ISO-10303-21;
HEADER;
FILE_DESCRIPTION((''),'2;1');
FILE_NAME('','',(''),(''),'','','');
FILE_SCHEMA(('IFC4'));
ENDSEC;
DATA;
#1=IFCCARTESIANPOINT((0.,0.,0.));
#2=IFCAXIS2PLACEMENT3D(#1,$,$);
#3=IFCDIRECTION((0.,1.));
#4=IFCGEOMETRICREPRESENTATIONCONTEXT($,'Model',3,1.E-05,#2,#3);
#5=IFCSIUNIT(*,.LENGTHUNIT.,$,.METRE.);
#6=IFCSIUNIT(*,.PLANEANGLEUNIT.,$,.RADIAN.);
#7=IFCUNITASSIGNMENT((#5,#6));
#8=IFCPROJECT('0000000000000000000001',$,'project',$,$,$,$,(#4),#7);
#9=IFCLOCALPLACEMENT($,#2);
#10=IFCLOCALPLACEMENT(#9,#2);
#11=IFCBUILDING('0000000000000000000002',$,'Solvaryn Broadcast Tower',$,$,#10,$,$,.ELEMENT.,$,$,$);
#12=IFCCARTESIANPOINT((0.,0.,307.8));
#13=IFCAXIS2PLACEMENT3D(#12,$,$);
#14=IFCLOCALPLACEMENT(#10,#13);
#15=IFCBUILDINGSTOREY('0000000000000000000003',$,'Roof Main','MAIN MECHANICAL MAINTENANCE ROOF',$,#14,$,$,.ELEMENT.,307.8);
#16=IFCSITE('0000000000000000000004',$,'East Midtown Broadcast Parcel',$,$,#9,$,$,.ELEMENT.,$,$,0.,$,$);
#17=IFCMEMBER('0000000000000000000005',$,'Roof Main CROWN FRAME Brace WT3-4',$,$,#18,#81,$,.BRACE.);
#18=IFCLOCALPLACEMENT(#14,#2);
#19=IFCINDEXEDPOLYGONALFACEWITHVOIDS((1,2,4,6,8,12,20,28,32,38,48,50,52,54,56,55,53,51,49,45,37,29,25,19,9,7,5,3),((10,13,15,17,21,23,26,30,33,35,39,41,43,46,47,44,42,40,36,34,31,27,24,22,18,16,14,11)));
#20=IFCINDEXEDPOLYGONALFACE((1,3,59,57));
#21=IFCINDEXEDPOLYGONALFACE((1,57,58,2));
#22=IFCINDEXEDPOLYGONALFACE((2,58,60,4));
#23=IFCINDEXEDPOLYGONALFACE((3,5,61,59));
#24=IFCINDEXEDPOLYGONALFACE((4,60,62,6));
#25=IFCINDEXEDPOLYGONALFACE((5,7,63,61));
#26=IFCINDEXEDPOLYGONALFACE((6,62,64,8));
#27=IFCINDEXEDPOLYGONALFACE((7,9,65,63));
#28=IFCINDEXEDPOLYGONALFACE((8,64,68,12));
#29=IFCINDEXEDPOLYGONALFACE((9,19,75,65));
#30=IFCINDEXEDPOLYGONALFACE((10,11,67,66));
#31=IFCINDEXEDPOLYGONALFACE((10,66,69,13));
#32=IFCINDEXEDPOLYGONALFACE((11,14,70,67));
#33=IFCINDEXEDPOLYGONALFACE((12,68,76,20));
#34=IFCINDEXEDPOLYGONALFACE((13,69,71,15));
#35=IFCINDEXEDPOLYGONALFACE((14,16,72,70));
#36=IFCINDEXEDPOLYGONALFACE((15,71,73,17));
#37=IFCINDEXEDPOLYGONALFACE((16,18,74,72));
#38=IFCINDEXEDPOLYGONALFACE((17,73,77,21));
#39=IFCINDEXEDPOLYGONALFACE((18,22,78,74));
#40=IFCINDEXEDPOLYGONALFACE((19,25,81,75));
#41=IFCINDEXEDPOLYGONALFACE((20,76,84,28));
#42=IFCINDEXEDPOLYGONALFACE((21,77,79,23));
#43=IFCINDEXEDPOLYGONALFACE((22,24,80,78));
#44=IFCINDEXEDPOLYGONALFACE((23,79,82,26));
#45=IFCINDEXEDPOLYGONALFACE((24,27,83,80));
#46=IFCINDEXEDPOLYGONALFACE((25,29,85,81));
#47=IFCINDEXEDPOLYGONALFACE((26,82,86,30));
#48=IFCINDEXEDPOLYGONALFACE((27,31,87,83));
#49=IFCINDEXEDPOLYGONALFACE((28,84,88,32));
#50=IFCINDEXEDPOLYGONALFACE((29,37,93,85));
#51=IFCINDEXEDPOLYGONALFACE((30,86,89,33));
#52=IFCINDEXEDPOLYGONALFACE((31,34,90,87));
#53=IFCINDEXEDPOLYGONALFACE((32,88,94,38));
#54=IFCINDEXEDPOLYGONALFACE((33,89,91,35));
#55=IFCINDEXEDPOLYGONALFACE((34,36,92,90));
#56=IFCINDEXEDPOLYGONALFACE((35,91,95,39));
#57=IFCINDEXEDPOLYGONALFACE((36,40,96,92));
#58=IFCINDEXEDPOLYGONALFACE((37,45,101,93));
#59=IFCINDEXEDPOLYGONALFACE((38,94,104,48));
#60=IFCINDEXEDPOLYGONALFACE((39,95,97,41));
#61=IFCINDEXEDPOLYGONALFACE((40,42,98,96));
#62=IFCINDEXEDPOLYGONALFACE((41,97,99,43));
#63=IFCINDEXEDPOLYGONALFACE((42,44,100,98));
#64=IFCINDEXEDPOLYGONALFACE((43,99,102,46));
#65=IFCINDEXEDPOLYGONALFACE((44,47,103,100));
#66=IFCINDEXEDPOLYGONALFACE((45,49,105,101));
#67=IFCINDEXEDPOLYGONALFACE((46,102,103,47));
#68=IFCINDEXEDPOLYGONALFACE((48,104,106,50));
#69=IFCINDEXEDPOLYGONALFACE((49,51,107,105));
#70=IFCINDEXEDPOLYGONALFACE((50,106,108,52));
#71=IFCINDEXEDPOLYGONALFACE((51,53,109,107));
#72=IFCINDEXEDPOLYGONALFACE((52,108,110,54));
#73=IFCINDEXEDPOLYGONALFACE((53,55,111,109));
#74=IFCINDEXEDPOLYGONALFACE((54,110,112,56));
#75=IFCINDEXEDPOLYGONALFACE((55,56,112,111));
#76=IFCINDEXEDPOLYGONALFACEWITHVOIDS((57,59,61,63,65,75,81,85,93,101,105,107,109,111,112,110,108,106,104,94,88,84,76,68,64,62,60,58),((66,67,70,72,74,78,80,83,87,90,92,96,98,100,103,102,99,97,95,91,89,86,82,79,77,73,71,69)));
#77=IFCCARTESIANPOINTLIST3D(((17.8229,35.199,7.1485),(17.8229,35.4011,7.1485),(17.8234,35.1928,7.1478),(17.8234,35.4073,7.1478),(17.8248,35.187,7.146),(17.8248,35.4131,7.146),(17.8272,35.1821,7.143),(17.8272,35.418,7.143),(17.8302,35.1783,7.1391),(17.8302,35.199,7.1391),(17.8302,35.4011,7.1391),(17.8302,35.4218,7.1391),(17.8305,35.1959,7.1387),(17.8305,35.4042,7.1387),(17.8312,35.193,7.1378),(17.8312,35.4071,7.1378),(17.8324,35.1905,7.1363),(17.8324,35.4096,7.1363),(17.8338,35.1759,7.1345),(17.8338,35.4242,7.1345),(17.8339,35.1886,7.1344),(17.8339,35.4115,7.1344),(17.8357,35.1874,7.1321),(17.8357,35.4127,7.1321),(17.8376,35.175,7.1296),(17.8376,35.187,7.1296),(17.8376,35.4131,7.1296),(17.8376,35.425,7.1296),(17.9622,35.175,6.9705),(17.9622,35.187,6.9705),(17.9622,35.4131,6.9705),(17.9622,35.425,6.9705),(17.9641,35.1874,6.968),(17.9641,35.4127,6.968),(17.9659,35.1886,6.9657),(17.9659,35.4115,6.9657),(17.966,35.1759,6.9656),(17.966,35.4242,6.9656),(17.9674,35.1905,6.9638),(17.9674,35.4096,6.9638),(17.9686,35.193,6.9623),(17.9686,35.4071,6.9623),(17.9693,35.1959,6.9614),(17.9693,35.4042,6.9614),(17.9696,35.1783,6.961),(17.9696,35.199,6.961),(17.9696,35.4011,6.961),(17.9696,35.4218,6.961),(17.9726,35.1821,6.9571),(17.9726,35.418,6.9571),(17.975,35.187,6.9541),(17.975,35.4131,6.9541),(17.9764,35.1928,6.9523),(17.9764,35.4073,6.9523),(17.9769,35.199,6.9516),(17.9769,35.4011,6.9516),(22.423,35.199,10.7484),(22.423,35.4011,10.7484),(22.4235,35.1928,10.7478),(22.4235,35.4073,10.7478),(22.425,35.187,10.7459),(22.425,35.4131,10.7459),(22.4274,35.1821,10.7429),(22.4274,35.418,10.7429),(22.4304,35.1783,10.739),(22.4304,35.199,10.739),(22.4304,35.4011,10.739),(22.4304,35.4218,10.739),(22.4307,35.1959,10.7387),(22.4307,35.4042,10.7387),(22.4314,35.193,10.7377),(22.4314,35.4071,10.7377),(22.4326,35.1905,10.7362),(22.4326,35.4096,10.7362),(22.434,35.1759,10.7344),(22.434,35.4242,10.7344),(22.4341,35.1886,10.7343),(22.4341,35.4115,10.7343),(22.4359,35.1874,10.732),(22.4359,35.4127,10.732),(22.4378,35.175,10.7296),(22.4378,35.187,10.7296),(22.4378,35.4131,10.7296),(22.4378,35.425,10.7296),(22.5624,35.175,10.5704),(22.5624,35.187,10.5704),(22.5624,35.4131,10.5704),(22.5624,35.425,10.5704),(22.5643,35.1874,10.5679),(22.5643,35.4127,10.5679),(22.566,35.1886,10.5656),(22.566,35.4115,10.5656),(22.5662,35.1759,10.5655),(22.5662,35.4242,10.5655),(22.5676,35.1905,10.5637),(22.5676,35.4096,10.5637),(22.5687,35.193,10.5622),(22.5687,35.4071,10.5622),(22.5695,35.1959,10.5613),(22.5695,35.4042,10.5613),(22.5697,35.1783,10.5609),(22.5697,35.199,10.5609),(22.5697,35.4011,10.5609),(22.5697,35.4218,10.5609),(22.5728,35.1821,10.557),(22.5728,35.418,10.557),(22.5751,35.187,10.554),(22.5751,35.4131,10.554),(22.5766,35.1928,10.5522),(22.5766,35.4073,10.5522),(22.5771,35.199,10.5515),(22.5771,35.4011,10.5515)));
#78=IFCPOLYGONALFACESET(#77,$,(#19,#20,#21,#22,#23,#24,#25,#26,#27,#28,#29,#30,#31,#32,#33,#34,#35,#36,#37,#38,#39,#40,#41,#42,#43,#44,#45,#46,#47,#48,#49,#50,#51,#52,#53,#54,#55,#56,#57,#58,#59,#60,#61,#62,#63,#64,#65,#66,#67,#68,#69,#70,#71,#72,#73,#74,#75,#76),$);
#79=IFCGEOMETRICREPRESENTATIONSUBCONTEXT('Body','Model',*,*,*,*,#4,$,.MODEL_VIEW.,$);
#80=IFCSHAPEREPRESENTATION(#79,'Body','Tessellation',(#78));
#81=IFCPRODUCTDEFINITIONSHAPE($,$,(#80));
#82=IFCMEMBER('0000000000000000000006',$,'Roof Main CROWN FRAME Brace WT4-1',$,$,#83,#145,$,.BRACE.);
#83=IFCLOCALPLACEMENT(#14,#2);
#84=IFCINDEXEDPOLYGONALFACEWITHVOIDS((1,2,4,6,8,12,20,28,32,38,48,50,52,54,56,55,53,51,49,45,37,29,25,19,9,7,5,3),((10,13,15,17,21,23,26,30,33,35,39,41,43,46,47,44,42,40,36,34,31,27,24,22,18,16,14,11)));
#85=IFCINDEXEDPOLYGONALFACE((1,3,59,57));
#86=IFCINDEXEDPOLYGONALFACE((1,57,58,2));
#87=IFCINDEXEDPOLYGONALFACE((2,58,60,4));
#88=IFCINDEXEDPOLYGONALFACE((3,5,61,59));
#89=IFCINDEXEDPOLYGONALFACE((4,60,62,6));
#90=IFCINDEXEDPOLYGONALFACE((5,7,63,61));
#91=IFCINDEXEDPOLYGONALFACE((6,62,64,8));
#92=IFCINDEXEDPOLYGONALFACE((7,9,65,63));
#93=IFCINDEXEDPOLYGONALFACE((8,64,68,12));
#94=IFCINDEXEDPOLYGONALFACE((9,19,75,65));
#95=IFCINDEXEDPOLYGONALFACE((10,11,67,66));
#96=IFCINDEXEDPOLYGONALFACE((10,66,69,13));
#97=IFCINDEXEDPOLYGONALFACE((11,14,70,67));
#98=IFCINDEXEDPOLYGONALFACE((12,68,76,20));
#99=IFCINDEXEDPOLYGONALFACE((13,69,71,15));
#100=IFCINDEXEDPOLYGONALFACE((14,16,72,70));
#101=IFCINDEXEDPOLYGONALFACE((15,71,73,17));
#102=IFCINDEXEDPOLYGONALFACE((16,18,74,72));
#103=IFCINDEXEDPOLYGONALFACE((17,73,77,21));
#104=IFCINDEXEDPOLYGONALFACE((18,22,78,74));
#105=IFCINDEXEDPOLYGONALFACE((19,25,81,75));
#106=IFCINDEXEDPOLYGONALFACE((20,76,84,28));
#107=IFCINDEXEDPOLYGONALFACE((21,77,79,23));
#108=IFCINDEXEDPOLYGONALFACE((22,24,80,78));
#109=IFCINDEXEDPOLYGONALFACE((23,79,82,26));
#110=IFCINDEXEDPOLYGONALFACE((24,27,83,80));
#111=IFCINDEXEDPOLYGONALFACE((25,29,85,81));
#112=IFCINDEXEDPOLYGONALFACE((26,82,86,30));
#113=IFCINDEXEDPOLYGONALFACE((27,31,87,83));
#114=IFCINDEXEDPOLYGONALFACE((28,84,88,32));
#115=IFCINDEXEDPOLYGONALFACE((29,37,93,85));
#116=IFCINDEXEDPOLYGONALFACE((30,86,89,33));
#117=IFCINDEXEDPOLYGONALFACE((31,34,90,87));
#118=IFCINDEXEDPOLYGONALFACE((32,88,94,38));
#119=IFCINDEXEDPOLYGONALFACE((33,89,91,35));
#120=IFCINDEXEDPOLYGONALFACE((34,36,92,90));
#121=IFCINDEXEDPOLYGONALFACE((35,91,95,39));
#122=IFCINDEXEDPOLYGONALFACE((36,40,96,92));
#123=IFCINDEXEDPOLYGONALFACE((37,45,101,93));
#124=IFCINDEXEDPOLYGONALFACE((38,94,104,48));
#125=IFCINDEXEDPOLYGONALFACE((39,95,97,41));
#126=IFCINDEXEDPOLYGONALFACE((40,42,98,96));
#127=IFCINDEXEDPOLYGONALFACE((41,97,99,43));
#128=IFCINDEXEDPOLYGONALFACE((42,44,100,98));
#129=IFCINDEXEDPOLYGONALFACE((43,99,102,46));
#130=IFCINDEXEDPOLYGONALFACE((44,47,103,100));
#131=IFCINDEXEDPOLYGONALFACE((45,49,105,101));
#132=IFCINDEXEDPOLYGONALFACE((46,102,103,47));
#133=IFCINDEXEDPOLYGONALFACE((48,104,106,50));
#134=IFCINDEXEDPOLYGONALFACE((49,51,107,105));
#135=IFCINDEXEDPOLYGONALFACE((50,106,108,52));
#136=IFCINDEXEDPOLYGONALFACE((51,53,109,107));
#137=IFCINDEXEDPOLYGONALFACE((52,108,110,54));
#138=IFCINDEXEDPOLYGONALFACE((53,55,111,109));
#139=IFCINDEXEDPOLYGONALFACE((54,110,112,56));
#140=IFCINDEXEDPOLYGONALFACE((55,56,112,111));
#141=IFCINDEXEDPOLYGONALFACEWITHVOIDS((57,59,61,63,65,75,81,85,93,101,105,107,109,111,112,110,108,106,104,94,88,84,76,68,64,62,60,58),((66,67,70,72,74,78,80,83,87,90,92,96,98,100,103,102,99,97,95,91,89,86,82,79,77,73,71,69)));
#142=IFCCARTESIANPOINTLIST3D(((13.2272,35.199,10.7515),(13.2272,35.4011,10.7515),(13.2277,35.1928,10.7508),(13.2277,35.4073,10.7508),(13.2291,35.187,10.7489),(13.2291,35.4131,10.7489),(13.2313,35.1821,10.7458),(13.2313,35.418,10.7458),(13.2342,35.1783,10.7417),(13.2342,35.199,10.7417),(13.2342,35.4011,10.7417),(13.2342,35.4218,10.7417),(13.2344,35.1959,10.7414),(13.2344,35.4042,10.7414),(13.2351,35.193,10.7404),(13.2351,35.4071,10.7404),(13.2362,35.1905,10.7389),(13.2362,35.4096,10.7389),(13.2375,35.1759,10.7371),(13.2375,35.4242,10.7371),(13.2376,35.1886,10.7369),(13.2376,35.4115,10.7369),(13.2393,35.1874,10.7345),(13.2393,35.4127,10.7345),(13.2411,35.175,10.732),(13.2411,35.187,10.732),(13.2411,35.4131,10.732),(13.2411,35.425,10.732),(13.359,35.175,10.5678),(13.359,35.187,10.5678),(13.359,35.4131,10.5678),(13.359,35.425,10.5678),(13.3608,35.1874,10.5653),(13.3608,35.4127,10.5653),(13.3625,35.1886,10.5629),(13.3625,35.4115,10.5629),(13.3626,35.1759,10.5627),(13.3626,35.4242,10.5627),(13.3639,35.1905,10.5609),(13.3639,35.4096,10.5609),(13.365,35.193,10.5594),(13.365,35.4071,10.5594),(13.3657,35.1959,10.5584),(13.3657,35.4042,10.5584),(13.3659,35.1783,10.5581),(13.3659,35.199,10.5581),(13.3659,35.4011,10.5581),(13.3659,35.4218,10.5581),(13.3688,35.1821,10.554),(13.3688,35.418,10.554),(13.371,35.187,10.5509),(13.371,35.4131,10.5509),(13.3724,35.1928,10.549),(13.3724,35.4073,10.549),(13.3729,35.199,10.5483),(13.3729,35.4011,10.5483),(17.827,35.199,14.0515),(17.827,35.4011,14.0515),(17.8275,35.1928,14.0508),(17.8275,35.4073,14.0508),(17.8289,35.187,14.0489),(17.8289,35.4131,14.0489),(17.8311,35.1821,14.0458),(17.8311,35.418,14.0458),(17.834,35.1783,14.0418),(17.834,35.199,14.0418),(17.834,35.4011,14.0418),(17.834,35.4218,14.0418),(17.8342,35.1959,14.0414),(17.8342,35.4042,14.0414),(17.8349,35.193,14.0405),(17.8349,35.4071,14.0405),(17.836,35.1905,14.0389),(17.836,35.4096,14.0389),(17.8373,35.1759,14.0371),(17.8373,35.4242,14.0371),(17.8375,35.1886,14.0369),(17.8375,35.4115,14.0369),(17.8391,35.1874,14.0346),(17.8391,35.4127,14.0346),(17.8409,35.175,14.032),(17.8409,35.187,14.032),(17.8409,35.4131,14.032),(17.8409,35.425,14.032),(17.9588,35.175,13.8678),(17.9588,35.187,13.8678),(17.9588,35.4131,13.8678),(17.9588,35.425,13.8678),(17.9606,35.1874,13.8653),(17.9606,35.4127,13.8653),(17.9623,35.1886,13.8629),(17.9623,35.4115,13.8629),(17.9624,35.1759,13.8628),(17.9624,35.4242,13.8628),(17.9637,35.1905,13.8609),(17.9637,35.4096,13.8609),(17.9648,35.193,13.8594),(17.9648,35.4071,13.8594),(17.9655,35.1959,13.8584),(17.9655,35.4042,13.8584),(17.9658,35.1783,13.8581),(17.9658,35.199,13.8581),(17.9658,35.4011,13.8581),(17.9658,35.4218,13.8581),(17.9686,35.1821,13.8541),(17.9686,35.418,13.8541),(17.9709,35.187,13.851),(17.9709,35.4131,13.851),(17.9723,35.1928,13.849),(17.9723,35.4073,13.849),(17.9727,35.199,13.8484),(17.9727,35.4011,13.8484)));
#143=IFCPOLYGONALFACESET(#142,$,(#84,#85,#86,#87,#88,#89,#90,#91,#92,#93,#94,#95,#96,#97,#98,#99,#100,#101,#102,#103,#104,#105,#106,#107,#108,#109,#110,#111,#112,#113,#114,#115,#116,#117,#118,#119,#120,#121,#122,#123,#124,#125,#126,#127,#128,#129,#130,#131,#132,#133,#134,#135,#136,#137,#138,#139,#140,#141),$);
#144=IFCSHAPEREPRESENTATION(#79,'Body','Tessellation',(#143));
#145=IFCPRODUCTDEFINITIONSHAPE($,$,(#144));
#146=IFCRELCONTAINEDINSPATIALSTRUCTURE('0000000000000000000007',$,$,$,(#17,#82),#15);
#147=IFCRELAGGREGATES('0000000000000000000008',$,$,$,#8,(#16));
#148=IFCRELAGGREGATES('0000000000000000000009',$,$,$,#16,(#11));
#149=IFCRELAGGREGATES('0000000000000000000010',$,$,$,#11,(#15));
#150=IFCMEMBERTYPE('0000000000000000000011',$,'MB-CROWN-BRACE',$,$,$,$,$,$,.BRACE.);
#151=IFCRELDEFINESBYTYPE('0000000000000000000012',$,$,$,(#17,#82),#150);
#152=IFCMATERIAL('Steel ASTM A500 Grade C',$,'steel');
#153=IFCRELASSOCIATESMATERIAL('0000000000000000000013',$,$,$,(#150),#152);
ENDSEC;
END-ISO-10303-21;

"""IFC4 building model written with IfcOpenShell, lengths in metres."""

from ifc_helpers import new_model, si_unit, direction, frame, origin, origin_2d, place, context, subcontext, project, spatial, hollow_rectangle, extrude, material, material_profile, profile_set, type_object, element, save


model = new_model("IFC4")

# Units and contexts
model_context = context("Model", 3, precision=1e-05, world=origin(), true_north=direction((0.0, 1.0)))
body_context = subcontext(model_context, "Body", "Model", "MODEL_VIEW")
ifc_project = project(units=[si_unit("LENGTHUNIT", "METRE"), si_unit("PLANEANGLEUNIT", "RADIAN")], contexts=[model_context])

# Site, building, storey
site_placement = place(None, origin())
site = spatial("IfcSite", under=ifc_project, at=site_placement, Name="East Midtown Broadcast Parcel", CompositionType="ELEMENT", RefElevation=0.0)
building_placement = place(site_placement, origin())
building = spatial("IfcBuilding", under=site, at=building_placement, Name="Solvaryn Broadcast Tower", CompositionType="ELEMENT")
storey_placement = place(building_placement, frame((0.0, 0.0, 307.8)))
storey = spatial("IfcBuildingStorey", under=building, at=storey_placement, Name="Roof Main", Description="MAIN MECHANICAL MAINTENANCE ROOF", CompositionType="ELEMENT", Elevation=307.8)

# Members
ifc_material_1 = material(Name="Steel ASTM A500 Grade C", Category="steel")
ifc_material_profile_1 = material_profile(ifc_material_1, hollow_rectangle(XDim=0.25, YDim=0.25, WallThickness=0.012, InnerFilletRadius=0.012, OuterFilletRadius=0.0239, at=origin_2d()))
ifc_profile_set_1 = profile_set([ifc_material_profile_1], Name="Steel ASTM A500 Grade C")
member_type_1 = type_object("IfcMemberType", Name="MB-CROWN-BRACE", PredefinedType="BRACE", material=ifc_profile_set_1)
member_1_placement = place(storey_placement, frame((17.8999, 35.3, 7.05), z_axis=(0.787524, 0.0, 0.616285), x_axis=(0.0, 1.0, 0.0)))
element("IfcMember", 1, at=member_1_placement, inside=storey, type_object=member_type_1, Name="Roof Main CROWN FRAME Brace WT3-4", PredefinedType="BRACE", context=body_context, shape_type="SweptSolid", body=[
    extrude(hollow_rectangle(XDim=0.25, YDim=0.25, WallThickness=0.012, InnerFilletRadius=0.012, OuterFilletRadius=0.0239, at=origin_2d()), origin(), (0.0, 0.0, 1.0), 5.8413),
])
for number, where, z_axis, x_axis, name in (
    (2, (13.3, 35.3, 10.6499), (0.812525, 0.0, 0.582926), (0.0, 1.0, 0.0), "Roof Main CROWN FRAME Brace WT4-1"),
):
    element("IfcMember", number, at=place(storey_placement, frame(where, z_axis=z_axis, x_axis=x_axis)), inside=storey, type_object=member_type_1, Name=name, PredefinedType="BRACE", context=body_context, shape_type="SweptSolid", body=[
        extrude(hollow_rectangle(XDim=0.25, YDim=0.25, WallThickness=0.012, InnerFilletRadius=0.012, OuterFilletRadius=0.0239, at=origin_2d()), origin(), (0.0, 0.0, 1.0), 5.6611),
    ])

save(model, "model.ifc")
